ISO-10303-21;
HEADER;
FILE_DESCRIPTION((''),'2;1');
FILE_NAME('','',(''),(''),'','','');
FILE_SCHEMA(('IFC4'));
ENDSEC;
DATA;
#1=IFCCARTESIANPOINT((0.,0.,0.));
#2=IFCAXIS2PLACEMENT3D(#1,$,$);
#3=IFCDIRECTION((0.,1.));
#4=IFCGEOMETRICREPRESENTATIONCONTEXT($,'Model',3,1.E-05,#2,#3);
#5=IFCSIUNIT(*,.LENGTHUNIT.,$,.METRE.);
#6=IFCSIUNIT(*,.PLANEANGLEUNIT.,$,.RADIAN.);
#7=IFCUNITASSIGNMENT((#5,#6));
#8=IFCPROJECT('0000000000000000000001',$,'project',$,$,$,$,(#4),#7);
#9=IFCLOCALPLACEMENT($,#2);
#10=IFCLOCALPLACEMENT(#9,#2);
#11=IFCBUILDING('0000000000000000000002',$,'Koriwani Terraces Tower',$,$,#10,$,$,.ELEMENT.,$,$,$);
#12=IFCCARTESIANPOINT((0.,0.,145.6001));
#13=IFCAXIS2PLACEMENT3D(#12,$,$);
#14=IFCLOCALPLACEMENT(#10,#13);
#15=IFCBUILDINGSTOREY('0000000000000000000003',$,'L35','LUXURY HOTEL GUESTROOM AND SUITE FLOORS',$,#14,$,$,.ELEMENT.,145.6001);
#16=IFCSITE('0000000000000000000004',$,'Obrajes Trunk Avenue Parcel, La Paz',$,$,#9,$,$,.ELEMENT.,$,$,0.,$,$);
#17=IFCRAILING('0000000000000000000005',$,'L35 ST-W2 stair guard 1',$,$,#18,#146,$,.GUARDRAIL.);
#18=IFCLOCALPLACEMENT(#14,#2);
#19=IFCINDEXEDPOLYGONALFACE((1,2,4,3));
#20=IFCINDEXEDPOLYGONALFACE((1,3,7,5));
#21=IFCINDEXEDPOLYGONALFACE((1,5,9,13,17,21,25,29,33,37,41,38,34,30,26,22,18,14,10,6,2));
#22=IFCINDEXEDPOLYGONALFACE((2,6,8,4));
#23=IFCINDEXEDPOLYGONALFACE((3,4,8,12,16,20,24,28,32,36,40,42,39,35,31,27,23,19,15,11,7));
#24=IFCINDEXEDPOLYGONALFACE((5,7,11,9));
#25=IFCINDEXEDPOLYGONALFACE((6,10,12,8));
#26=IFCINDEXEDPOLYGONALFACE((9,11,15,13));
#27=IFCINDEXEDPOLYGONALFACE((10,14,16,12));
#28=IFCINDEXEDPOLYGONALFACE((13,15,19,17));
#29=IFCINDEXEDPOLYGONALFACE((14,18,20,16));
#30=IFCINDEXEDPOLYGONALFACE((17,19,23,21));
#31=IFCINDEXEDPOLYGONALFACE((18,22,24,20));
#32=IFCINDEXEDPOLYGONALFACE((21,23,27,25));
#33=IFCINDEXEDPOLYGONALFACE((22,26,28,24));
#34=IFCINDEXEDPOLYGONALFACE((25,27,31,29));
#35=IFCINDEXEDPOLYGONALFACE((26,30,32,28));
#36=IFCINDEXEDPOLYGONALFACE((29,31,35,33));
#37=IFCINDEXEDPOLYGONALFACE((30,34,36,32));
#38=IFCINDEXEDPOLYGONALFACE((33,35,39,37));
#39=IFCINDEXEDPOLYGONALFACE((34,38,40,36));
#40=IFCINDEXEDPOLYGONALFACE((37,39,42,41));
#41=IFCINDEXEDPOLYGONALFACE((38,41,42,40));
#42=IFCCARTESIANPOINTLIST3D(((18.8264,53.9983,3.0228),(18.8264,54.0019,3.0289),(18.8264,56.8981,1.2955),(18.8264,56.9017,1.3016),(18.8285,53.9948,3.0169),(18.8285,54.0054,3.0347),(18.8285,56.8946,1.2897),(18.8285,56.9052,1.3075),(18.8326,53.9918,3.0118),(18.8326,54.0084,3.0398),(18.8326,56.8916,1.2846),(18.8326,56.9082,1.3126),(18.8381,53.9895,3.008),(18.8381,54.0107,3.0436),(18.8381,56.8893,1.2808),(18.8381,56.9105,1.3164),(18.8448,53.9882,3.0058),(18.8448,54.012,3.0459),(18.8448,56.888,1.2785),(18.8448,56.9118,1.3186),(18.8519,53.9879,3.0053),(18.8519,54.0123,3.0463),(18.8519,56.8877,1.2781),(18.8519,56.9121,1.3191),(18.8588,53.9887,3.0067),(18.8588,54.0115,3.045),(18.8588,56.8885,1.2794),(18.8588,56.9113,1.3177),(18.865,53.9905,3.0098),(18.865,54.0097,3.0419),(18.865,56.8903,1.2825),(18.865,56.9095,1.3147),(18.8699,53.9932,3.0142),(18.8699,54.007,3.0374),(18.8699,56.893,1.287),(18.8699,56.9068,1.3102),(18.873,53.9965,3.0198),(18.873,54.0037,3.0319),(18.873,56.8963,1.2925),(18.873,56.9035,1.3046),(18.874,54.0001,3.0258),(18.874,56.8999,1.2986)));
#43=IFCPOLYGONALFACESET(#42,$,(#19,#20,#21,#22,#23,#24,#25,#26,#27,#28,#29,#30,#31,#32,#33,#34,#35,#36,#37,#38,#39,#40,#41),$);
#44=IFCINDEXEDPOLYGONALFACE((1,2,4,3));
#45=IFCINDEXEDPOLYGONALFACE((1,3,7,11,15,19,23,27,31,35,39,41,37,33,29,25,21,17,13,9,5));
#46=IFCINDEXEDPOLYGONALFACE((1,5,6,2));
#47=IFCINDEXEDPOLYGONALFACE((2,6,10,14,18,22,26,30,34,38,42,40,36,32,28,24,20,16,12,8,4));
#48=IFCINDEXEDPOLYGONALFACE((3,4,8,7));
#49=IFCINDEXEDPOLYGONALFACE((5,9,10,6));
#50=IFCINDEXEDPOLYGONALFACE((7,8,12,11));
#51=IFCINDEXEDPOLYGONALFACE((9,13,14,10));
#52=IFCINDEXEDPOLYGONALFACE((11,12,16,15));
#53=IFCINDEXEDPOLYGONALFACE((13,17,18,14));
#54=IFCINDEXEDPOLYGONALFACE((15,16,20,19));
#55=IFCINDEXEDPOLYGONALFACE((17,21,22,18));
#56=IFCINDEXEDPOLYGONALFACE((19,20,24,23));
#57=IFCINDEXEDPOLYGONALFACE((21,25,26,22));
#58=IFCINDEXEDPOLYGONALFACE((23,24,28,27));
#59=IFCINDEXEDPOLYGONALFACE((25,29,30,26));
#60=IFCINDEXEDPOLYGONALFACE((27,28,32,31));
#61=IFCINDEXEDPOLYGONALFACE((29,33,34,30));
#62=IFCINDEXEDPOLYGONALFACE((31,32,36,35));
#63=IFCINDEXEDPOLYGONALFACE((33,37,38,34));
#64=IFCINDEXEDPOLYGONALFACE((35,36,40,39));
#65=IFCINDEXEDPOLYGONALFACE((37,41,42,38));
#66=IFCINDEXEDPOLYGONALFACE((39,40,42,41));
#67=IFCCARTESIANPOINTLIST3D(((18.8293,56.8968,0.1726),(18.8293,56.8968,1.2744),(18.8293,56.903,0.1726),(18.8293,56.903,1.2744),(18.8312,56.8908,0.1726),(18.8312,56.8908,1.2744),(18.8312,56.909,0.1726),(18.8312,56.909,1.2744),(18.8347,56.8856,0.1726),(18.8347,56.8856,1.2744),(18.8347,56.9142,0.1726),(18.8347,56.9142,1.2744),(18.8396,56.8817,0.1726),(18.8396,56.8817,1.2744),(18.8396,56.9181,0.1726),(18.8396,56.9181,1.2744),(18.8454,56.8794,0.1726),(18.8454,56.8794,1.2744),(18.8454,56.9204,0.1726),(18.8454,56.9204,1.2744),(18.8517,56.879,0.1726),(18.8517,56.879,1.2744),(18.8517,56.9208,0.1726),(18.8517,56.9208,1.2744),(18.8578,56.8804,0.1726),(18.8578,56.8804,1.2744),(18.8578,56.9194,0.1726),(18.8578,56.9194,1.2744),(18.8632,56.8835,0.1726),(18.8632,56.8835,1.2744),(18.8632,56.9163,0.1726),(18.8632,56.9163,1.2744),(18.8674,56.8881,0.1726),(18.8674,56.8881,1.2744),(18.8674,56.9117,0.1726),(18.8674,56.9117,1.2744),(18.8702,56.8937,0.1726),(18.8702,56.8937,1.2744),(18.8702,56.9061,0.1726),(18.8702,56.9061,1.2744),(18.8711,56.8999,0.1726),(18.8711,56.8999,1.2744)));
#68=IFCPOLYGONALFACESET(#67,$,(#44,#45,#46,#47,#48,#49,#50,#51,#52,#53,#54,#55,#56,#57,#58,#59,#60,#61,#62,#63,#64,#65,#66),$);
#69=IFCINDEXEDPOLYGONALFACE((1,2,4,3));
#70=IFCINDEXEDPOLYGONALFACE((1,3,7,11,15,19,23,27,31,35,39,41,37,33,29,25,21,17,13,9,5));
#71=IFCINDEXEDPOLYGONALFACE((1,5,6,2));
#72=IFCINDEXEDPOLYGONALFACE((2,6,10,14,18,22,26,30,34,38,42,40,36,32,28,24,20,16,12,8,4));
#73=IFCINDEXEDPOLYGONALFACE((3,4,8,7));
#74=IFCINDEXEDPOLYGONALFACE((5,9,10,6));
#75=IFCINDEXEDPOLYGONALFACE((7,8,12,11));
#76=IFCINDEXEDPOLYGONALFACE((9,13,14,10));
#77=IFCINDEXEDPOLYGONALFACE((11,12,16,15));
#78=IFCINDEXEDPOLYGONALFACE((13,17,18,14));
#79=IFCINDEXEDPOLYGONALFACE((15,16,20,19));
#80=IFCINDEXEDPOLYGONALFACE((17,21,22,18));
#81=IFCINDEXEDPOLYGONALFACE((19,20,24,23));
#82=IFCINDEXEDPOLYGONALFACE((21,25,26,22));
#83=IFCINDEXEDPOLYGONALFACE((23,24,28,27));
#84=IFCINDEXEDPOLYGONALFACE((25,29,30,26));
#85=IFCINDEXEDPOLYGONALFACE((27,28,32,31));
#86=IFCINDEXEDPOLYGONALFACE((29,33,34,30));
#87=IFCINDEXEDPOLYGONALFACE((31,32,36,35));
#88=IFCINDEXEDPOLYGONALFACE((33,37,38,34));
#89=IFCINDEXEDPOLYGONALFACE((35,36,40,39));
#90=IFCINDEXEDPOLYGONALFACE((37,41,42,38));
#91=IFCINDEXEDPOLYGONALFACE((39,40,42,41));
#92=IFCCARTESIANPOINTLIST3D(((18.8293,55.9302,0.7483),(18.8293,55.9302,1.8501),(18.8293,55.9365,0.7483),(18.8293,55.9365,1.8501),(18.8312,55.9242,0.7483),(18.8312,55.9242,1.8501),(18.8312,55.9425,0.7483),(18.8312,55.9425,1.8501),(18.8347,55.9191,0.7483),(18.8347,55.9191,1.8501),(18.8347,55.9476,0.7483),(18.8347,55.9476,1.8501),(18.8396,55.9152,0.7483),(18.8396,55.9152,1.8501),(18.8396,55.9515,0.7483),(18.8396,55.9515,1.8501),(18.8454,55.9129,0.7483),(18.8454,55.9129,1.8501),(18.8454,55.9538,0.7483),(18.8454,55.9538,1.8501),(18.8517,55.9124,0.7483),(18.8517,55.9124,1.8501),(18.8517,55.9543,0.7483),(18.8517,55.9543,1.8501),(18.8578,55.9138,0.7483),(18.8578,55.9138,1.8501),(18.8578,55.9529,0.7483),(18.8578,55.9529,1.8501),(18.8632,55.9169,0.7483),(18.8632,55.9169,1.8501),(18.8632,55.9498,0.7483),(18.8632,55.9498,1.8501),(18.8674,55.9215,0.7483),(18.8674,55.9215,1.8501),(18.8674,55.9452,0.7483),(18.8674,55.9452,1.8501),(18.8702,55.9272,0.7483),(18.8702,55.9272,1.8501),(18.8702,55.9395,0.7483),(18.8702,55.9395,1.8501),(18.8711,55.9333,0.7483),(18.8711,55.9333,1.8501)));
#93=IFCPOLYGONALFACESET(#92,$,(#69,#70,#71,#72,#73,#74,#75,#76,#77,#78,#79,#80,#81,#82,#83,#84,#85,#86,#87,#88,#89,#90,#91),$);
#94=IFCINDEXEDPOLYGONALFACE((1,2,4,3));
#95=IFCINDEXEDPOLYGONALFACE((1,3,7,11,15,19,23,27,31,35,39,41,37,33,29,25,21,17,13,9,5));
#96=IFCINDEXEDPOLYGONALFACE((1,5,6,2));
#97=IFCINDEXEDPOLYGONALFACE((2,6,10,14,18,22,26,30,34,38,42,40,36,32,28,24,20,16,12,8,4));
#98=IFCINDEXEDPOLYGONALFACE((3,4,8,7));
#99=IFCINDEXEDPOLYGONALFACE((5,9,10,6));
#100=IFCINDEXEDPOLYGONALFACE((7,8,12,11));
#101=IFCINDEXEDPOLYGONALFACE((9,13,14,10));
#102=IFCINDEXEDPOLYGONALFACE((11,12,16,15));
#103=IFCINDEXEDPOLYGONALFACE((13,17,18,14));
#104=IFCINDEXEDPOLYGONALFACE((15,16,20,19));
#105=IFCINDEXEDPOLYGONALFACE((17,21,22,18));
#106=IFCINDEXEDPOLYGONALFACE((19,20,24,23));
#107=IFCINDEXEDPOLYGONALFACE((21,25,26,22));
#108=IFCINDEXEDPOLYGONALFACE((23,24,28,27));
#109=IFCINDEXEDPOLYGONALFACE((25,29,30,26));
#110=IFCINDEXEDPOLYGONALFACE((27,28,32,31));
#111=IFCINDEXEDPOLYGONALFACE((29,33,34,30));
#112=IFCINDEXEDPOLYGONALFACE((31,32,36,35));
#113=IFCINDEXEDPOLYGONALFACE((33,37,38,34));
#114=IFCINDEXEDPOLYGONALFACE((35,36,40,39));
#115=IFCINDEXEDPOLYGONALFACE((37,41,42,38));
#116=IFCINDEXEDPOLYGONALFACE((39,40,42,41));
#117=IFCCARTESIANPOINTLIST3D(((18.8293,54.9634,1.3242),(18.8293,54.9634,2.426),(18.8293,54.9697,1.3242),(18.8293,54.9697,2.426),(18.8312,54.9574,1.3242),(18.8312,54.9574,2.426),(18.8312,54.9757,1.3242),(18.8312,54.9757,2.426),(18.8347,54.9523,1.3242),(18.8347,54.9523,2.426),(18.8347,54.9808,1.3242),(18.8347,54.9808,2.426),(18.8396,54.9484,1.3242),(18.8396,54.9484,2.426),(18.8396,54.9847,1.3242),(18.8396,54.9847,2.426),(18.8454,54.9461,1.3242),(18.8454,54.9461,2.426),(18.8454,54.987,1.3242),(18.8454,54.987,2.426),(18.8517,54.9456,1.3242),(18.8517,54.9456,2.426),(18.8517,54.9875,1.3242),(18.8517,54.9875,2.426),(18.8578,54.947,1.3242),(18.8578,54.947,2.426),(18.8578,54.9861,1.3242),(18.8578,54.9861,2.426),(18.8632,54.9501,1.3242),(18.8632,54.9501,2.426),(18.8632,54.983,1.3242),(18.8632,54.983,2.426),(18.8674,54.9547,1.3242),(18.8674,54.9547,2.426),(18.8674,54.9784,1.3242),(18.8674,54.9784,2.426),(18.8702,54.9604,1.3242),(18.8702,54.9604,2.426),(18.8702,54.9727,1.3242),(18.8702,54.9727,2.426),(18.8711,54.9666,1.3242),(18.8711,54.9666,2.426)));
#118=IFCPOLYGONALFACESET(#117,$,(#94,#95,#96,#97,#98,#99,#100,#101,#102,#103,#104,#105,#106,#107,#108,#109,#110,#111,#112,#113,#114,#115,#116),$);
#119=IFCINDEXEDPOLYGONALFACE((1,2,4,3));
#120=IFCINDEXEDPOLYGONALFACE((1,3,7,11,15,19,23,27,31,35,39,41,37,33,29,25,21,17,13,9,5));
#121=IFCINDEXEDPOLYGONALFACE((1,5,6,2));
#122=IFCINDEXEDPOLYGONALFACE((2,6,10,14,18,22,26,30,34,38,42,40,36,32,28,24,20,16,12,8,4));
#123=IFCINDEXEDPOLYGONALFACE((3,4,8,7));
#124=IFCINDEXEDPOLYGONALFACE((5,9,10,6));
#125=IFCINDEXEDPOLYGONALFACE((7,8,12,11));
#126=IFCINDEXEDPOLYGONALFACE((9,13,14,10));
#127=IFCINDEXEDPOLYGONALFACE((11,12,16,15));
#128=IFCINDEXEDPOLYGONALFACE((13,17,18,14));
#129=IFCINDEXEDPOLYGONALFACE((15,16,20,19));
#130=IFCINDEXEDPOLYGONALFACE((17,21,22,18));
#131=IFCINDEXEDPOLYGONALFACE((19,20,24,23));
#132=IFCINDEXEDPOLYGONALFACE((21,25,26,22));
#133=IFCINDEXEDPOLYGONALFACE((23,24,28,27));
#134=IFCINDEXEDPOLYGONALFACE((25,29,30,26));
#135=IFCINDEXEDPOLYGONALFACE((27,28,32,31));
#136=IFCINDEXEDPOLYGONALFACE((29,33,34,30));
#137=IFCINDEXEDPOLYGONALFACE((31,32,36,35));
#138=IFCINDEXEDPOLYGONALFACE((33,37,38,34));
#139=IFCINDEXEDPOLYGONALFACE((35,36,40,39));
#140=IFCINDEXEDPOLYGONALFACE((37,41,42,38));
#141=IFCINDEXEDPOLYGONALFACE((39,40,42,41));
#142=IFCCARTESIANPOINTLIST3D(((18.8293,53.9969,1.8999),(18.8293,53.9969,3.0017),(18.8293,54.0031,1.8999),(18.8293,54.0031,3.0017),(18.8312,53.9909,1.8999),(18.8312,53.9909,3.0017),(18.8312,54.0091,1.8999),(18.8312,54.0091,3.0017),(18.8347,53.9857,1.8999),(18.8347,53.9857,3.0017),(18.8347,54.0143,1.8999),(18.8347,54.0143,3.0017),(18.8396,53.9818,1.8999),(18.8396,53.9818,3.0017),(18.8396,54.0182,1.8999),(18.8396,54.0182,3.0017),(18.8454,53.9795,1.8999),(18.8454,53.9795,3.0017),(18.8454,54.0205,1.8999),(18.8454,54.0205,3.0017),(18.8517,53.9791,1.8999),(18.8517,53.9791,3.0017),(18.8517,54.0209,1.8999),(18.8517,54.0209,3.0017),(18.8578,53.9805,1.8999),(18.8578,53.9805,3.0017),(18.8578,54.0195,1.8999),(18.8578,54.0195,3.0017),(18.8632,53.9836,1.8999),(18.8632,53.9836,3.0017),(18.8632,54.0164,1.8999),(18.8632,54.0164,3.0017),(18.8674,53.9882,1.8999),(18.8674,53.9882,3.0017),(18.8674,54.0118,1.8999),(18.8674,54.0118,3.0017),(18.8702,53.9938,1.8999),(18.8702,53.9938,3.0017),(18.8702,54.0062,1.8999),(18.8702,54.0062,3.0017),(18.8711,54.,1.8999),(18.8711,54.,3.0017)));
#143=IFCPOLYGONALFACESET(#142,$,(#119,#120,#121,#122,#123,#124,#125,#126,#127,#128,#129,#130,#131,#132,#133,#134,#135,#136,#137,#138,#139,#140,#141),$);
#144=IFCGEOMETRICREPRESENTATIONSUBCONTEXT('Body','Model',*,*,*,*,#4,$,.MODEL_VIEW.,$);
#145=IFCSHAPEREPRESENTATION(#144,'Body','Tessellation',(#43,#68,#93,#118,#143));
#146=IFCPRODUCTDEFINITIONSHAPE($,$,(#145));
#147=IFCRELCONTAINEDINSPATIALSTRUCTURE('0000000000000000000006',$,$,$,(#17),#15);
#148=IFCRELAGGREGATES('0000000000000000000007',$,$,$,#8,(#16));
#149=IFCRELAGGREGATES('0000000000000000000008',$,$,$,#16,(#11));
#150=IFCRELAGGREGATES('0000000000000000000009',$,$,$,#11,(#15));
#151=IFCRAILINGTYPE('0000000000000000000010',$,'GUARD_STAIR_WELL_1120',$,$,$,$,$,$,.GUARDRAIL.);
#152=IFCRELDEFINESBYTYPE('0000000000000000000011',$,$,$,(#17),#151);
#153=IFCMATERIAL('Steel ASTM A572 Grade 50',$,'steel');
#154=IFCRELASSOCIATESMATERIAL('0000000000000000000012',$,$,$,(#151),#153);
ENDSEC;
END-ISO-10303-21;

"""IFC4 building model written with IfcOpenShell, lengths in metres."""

from ifc_helpers import new_model, si_unit, direction, frame, origin, origin_2d, place, context, subcontext, project, spatial, circle, extrude, material, type_object, element, save


model = new_model("IFC4")

# Units and contexts
model_context = context("Model", 3, precision=1e-05, world=origin(), true_north=direction((0.0, 1.0)))
body_context = subcontext(model_context, "Body", "Model", "MODEL_VIEW")
ifc_project = project(units=[si_unit("LENGTHUNIT", "METRE"), si_unit("PLANEANGLEUNIT", "RADIAN")], contexts=[model_context])

# Site, building, storey
site_placement = place(None, origin())
site = spatial("IfcSite", under=ifc_project, at=site_placement, Name="Obrajes Trunk Avenue Parcel, La Paz", CompositionType="ELEMENT", RefElevation=0.0)
building_placement = place(site_placement, origin())
building = spatial("IfcBuilding", under=site, at=building_placement, Name="Koriwani Terraces Tower", CompositionType="ELEMENT")
storey_placement = place(building_placement, frame((0.0, 0.0, 145.6001)))
storey = spatial("IfcBuildingStorey", under=building, at=storey_placement, Name="L35", Description="LUXURY HOTEL GUESTROOM AND SUITE FLOORS", CompositionType="ELEMENT", Elevation=145.6001)

# Shared definitions
ifc_material_1 = material(Name="Steel ASTM A572 Grade 50", Category="steel")

# Railing
railing_type_1 = type_object("IfcRailingType", Name="GUARD_STAIR_WELL_1120", PredefinedType="GUARDRAIL", material=ifc_material_1)
railing_1_placement = place(storey_placement, frame((18.8501, 56.8999, 0.1726)))
element("IfcRailing", 1, at=railing_1_placement, inside=storey, type_object=railing_type_1, Name="L35 ST-W2 stair guard 1", PredefinedType="GUARDRAIL", context=body_context, shape_type="SweptSolid", body=[
    extrude(circle(Radius=0.0239, at=origin_2d()), frame((0.0, 0.0, 1.126), z_axis=(0.0, -0.859141, 0.511738), x_axis=(1.0, 0.0, 0.0)), (0.0, 0.0, 1.0), 3.3752),
    extrude(circle(Radius=0.021, at=origin_2d()), origin(), (0.0, 0.0, 1.0), 1.1018),
    extrude(circle(Radius=0.021, at=origin_2d()), frame((0.0, -0.9666, 0.5757)), (0.0, 0.0, 1.0), 1.1018),
    extrude(circle(Radius=0.021, at=origin_2d()), frame((0.0, -1.9333, 1.1516)), (0.0, 0.0, 1.0), 1.1018),
    extrude(circle(Radius=0.021, at=origin_2d()), frame((0.0, -2.8999, 1.7273)), (0.0, 0.0, 1.0), 1.1018),
])

save(model, "model.ifc")
